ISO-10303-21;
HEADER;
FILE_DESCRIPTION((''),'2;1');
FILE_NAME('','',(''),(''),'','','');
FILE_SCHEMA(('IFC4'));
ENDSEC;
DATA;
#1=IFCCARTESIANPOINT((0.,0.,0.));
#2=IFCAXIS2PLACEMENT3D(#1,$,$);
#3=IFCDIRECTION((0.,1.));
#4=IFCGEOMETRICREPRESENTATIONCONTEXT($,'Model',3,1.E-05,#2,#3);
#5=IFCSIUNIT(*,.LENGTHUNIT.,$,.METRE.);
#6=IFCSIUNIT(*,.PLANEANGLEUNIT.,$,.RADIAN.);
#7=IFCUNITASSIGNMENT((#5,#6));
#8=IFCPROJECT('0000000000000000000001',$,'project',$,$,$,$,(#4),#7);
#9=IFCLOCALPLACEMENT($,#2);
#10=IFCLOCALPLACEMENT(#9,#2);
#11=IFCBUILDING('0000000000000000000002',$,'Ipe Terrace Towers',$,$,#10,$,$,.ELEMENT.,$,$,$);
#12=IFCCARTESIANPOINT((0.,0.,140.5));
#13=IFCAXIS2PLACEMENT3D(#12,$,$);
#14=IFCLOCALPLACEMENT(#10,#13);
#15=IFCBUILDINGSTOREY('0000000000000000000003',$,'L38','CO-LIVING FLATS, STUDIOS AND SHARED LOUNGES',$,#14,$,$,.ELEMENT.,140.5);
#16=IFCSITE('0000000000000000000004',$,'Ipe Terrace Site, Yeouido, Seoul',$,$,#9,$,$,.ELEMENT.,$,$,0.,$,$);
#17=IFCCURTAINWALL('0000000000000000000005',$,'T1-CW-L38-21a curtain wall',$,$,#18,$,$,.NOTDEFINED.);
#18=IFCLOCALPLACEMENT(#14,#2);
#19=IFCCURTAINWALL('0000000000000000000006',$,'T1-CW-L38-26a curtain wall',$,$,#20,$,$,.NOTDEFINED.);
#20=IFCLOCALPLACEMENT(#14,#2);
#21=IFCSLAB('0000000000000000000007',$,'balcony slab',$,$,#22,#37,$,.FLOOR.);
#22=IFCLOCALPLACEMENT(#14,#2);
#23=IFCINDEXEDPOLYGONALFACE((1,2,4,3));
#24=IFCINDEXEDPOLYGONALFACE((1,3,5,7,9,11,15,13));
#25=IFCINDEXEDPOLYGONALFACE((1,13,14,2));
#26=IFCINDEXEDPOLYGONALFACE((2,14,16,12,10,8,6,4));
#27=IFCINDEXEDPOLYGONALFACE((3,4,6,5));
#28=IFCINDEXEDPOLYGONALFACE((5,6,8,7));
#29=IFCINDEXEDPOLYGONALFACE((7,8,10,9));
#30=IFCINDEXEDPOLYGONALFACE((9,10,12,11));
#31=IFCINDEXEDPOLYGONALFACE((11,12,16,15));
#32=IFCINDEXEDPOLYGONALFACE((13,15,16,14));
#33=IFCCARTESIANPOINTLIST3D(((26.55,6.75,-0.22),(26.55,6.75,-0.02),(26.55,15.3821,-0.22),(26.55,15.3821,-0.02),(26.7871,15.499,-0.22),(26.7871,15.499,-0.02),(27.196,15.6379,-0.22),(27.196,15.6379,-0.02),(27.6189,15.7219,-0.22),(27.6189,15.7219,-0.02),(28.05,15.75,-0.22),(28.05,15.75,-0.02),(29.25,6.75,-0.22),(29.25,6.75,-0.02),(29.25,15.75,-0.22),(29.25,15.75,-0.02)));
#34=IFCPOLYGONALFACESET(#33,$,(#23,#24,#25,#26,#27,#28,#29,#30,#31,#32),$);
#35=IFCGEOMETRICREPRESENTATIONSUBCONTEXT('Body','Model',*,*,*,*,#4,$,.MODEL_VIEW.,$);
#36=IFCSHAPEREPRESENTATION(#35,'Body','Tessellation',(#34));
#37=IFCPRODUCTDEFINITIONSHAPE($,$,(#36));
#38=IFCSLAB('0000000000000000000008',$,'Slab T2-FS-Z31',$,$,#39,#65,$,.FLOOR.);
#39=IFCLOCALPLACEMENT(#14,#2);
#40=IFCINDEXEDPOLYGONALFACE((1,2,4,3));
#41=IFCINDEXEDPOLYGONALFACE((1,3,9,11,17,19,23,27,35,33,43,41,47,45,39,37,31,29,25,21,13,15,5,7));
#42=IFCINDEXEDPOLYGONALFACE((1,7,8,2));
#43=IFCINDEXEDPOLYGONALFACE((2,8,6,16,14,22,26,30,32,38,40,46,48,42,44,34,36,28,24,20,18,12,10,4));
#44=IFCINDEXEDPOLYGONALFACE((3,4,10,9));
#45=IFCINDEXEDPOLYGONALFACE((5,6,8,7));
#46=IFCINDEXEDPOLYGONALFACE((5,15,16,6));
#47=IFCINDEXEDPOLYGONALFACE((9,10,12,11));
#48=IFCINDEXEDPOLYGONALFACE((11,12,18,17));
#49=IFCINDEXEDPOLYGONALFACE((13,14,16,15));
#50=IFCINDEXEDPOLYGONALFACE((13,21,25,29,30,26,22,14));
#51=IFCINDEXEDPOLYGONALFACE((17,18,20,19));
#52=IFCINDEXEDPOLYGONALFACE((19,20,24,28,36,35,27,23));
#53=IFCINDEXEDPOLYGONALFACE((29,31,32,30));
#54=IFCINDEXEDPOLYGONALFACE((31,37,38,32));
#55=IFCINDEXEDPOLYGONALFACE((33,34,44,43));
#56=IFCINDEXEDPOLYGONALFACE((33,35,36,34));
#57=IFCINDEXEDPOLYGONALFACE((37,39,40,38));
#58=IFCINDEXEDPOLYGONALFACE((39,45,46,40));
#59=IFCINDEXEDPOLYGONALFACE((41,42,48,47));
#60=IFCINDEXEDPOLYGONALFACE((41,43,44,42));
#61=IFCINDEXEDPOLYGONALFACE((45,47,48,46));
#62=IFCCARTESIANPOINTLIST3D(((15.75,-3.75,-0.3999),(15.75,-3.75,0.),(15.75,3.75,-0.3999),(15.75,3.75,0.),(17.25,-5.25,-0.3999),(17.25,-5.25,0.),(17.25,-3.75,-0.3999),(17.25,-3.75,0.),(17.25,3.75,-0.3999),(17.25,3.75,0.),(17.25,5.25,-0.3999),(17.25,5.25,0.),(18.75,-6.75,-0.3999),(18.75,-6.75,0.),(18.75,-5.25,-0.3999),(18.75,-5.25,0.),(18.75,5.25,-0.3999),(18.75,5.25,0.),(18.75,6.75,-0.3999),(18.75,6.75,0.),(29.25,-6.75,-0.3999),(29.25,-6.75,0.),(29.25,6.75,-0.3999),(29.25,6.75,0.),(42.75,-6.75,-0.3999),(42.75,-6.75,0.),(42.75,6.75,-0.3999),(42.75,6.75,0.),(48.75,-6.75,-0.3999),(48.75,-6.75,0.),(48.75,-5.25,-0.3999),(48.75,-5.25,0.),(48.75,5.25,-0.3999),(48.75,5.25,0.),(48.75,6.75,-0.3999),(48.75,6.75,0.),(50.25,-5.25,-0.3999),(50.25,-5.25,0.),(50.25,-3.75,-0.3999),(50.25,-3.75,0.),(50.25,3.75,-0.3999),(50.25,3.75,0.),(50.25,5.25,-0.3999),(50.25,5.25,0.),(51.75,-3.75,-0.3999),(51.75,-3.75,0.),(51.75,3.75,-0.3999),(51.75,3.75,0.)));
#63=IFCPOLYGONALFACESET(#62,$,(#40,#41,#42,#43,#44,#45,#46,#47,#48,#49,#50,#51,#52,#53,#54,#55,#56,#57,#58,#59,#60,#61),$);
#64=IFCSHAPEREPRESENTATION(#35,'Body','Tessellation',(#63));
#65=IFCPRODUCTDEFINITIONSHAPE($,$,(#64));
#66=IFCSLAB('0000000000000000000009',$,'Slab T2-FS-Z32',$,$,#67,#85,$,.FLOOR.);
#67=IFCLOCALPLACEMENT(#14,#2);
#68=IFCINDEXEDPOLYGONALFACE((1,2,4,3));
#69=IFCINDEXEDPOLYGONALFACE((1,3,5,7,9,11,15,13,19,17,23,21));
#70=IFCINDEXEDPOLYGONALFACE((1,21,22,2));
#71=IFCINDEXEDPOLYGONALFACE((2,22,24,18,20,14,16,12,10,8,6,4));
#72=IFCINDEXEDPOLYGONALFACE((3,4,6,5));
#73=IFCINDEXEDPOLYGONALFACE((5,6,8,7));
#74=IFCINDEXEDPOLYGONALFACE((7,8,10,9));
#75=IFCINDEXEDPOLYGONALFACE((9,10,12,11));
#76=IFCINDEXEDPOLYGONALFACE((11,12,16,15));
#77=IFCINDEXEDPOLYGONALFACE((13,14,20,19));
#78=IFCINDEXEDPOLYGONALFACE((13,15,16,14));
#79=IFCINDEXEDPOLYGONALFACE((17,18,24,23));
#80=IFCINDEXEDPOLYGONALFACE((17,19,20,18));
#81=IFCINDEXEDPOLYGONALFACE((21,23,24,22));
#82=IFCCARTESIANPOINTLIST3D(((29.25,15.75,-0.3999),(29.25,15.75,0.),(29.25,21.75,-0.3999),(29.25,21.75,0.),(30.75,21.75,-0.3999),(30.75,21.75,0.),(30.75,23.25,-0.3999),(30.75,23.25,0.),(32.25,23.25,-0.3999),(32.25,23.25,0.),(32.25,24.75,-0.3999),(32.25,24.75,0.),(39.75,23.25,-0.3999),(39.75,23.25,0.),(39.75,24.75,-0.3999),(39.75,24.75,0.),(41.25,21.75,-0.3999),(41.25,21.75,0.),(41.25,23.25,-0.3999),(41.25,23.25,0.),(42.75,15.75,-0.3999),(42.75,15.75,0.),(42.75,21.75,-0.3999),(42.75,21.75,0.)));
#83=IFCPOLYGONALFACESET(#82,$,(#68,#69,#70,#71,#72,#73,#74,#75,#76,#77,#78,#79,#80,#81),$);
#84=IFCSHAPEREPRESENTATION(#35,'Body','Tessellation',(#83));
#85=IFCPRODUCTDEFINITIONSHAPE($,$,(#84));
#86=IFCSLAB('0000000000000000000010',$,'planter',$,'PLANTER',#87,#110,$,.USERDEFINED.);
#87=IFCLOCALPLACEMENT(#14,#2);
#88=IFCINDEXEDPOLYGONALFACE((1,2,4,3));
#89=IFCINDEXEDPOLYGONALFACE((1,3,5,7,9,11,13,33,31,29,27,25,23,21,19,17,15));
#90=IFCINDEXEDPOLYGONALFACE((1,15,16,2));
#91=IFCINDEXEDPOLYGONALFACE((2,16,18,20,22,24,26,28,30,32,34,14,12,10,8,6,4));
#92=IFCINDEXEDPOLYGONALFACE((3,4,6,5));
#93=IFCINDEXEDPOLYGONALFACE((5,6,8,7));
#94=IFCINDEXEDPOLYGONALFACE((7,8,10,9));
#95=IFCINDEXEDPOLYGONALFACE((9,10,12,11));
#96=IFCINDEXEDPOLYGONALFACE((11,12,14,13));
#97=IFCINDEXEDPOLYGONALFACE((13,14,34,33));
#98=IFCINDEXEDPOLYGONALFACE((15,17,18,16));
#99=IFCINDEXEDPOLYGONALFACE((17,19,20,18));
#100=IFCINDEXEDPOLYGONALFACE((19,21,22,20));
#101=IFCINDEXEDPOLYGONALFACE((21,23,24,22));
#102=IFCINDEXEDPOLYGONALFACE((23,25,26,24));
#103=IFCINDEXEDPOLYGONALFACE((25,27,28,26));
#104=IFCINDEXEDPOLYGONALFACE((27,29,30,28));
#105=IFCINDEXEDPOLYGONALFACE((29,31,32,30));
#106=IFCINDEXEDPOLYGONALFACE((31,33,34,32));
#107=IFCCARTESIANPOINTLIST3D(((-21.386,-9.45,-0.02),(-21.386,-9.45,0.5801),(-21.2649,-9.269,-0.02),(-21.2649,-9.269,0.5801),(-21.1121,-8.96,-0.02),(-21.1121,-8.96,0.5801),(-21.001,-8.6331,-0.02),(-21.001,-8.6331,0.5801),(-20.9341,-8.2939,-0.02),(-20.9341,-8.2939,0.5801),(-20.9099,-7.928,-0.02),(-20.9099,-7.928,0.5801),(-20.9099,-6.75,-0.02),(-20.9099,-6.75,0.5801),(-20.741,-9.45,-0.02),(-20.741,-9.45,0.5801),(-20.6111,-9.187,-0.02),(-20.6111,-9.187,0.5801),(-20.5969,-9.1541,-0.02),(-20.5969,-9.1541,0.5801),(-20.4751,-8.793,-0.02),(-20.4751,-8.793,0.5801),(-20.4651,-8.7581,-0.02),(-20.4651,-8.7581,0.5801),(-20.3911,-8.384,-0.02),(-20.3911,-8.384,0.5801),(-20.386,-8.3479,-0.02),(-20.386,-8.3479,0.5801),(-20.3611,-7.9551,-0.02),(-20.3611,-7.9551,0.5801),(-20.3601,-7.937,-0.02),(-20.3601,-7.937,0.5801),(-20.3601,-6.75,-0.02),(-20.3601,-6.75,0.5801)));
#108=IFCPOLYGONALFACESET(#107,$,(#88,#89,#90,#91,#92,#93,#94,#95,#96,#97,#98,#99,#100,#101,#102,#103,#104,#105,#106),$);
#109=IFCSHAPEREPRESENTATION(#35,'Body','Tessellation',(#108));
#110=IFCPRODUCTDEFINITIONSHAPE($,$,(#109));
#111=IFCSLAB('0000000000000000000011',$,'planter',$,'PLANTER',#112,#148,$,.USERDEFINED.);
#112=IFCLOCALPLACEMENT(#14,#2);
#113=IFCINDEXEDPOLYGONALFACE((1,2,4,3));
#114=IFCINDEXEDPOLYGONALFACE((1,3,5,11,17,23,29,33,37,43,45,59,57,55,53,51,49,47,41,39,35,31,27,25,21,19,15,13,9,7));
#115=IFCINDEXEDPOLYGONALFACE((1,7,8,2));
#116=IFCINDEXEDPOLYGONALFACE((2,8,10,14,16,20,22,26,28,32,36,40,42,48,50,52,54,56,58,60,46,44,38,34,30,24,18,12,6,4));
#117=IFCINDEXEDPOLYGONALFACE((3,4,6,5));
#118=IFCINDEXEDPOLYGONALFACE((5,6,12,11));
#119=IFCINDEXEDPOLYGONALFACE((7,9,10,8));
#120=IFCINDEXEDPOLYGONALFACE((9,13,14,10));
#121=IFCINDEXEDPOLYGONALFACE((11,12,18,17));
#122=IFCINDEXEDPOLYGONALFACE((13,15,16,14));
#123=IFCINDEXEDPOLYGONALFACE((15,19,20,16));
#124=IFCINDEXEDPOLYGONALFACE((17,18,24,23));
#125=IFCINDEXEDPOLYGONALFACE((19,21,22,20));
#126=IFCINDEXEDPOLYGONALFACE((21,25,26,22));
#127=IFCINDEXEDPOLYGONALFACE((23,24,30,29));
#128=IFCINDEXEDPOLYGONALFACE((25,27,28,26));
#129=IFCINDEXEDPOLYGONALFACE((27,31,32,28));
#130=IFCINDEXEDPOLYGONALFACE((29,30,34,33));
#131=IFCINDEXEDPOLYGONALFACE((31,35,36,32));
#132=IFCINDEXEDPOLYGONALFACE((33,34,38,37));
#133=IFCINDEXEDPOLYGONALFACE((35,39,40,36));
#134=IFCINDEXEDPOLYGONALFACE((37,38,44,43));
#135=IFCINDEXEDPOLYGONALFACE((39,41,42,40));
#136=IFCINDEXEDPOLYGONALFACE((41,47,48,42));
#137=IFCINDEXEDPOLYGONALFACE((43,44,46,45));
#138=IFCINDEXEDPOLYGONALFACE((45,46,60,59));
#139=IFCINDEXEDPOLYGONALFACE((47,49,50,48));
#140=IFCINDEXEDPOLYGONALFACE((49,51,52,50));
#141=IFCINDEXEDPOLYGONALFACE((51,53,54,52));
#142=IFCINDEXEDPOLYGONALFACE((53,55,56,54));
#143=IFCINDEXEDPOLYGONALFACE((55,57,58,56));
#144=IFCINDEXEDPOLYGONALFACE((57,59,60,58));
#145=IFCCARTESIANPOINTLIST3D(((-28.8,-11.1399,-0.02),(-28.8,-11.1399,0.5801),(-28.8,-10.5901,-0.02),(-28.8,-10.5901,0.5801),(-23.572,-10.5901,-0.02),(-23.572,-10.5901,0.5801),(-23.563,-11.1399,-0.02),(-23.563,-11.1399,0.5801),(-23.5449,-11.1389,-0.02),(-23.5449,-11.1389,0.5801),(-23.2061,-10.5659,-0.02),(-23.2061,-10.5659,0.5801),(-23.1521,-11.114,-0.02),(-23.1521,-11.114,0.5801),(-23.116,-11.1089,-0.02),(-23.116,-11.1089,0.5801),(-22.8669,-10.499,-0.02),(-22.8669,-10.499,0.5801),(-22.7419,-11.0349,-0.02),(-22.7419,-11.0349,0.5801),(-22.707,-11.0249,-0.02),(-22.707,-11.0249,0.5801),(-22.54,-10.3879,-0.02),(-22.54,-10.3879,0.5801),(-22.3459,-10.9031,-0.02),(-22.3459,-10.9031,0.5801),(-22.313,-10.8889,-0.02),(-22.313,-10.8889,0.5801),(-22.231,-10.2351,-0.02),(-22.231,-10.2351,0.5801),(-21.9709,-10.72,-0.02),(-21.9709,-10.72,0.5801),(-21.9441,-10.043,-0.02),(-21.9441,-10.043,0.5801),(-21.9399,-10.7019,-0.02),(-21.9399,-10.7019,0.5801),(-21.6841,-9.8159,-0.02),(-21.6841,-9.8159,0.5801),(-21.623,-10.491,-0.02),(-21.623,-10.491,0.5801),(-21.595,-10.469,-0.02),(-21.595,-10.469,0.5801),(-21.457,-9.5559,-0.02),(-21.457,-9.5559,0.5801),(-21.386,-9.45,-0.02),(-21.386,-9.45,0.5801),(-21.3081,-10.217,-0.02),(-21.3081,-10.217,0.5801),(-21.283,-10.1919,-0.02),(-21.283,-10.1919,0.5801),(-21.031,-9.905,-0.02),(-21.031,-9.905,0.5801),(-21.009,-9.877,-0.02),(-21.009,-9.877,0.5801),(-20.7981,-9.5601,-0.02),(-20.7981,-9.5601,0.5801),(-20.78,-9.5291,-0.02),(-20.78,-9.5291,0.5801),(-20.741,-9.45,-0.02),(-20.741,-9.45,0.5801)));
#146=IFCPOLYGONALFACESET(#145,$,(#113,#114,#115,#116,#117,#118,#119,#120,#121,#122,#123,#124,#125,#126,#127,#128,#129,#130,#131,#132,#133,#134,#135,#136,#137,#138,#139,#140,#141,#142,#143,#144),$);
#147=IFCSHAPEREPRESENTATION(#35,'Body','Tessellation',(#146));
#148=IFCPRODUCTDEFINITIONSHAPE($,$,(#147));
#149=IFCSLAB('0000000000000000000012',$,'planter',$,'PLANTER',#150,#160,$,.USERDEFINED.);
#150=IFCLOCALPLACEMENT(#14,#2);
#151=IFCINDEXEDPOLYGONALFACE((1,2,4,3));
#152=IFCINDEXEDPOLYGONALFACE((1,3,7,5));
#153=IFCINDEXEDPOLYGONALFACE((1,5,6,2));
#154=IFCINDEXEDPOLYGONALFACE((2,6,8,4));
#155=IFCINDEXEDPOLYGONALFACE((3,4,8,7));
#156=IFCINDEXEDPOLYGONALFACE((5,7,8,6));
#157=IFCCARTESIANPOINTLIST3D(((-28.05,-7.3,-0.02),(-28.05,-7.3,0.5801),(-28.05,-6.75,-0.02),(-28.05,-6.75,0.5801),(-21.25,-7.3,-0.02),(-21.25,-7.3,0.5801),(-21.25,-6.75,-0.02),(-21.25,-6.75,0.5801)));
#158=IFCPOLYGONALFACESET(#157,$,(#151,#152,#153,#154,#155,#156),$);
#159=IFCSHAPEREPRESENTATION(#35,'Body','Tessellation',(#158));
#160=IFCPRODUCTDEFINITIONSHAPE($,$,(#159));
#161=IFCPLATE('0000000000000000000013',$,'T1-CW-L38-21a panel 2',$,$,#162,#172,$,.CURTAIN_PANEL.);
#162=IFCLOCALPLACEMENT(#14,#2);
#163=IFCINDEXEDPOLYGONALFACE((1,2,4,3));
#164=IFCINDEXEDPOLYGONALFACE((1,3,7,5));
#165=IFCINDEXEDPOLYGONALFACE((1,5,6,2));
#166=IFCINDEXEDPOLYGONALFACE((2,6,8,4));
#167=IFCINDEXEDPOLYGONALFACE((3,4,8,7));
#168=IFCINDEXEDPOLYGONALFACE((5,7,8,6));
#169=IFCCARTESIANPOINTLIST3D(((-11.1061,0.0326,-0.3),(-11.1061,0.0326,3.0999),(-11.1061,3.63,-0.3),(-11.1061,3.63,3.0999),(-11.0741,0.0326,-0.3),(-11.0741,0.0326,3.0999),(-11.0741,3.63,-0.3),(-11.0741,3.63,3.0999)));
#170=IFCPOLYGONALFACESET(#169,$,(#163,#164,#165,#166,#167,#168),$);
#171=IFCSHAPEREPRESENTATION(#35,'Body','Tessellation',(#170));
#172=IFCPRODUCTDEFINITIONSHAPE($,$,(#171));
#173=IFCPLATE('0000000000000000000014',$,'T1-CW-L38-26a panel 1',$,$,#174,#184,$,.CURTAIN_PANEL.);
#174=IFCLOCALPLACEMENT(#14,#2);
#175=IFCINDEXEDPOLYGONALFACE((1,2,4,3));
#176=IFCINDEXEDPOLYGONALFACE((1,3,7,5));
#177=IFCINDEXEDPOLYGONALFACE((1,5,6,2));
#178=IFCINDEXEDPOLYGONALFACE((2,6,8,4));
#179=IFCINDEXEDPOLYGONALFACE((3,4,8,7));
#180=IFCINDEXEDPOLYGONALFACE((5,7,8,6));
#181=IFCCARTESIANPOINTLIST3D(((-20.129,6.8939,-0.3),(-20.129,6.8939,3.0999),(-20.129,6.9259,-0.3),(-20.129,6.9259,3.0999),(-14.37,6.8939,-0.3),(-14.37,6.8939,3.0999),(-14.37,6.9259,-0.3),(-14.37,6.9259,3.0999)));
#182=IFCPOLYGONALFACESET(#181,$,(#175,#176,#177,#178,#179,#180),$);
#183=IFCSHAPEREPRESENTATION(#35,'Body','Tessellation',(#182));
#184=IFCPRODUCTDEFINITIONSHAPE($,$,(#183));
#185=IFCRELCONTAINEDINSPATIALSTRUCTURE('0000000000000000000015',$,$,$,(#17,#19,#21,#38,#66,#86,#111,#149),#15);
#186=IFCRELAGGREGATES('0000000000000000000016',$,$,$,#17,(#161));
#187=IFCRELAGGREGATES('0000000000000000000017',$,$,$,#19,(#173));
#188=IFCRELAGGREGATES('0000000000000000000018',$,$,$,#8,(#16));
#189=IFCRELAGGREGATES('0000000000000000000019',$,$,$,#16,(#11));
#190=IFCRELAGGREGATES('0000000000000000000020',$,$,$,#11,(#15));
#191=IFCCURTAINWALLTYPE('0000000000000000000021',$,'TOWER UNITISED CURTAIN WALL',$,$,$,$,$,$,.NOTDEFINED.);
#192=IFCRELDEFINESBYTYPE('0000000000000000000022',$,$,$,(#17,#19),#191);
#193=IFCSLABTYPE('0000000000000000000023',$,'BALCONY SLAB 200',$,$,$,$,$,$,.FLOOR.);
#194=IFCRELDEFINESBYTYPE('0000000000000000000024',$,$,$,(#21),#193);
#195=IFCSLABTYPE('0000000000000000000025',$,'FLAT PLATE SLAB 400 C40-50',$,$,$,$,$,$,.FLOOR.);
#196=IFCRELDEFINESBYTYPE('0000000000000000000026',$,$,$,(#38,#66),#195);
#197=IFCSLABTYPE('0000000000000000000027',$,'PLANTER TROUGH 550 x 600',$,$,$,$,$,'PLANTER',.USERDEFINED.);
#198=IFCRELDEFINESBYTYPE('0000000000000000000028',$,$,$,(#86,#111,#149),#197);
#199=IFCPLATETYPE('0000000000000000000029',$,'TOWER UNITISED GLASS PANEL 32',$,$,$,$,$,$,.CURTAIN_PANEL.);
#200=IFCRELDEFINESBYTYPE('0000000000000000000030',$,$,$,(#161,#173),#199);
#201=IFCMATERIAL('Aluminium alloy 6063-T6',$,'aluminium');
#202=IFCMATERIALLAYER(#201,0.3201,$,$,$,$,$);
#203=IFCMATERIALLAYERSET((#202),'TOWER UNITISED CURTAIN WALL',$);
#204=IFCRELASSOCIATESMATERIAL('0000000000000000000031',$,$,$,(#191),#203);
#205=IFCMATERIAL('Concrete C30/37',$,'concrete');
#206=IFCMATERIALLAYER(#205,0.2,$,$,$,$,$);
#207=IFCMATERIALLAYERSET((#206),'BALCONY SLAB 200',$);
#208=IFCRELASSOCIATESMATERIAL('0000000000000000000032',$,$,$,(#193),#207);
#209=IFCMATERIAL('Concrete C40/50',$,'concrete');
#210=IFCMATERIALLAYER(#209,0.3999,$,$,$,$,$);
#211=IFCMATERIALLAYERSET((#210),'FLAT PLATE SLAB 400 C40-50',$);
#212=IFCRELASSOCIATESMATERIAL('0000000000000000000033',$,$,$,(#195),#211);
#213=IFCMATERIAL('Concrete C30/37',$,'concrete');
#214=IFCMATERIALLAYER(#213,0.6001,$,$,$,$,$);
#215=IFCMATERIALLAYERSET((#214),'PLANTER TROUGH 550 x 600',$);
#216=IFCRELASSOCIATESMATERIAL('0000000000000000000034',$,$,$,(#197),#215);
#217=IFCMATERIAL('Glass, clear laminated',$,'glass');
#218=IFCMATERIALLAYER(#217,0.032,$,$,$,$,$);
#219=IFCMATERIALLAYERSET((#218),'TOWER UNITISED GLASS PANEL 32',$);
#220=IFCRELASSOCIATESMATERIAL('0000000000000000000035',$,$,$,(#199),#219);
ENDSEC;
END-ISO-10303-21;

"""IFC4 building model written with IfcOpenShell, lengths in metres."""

from ifc_helpers import new_model, si_unit, direction, frame, origin, origin_2d, place, context, subcontext, project, spatial, polyline, rectangle, outline, extrude, material, layer, layer_set, type_object, element, aggregate, save


model = new_model("IFC4")

# Units and contexts
model_context = context("Model", 3, precision=1e-05, world=origin(), true_north=direction((0.0, 1.0)))
body_context = subcontext(model_context, "Body", "Model", "MODEL_VIEW")
ifc_project = project(units=[si_unit("LENGTHUNIT", "METRE"), si_unit("PLANEANGLEUNIT", "RADIAN")], contexts=[model_context])

# Site, building, storey
site_placement = place(None, origin())
site = spatial("IfcSite", under=ifc_project, at=site_placement, Name="Ipe Terrace Site, Yeouido, Seoul", CompositionType="ELEMENT", RefElevation=0.0)
building_placement = place(site_placement, origin())
building = spatial("IfcBuilding", under=site, at=building_placement, Name="Ipe Terrace Towers", CompositionType="ELEMENT")
storey_placement = place(building_placement, frame((0.0, 0.0, 140.5)))
storey = spatial("IfcBuildingStorey", under=building, at=storey_placement, Name="L38", Description="CO-LIVING FLATS, STUDIOS AND SHARED LOUNGES", CompositionType="ELEMENT", Elevation=140.5)

# Curtain wall
ifc_material_1 = material(Name="Aluminium alloy 6063-T6", Category="aluminium")
ifc_layer_1 = layer(ifc_material_1, 0.3201)
ifc_layer_set_1 = layer_set([ifc_layer_1], Name="TOWER UNITISED CURTAIN WALL")
curtain_wall_type = type_object("IfcCurtainWallType", Name="TOWER UNITISED CURTAIN WALL", PredefinedType="NOTDEFINED", material=ifc_layer_set_1)
curtain_wall_1_placement = place(storey_placement, origin())
curtain_wall_1 = element("IfcCurtainWall", 1, at=curtain_wall_1_placement, inside=storey, type_object=curtain_wall_type, Name="T1-CW-L38-21a curtain wall", PredefinedType="NOTDEFINED")

# Curtain wall
curtain_wall_2_placement = place(storey_placement, origin())
curtain_wall_2 = element("IfcCurtainWall", 2, at=curtain_wall_2_placement, inside=storey, type_object=curtain_wall_type, Name="T1-CW-L38-26a curtain wall", PredefinedType="NOTDEFINED")

# Slabs
ifc_material_2 = material(Name="Concrete C30/37", Category="concrete")
ifc_layer_2 = layer(ifc_material_2, 0.2)
ifc_layer_set_2 = layer_set([ifc_layer_2], Name="BALCONY SLAB 200")
slab_type_1 = type_object("IfcSlabType", Name="BALCONY SLAB 200", PredefinedType="FLOOR", material=ifc_layer_set_2)
slab_1_placement = place(storey_placement, frame((0.0, 0.0, -0.22)))
element("IfcSlab", 3, at=slab_1_placement, inside=storey, type_object=slab_type_1, Name="balcony slab", PredefinedType="FLOOR", context=body_context, shape_type="SweptSolid", body=[
    extrude(outline(polyline([(26.7871, 15.499), (26.55, 15.3821), (26.55, 6.75), (29.25, 6.75), (29.25, 15.75), (28.05, 15.75), (27.6189, 15.7219), (27.196, 15.6379), (26.7871, 15.499)])), origin(), (0.0, 0.0, 1.0), 0.2),
])
ifc_material_3 = material(Name="Concrete C40/50", Category="concrete")
ifc_layer_3 = layer(ifc_material_3, 0.3999)
ifc_layer_set_3 = layer_set([ifc_layer_3], Name="FLAT PLATE SLAB 400 C40-50")
slab_type_2 = type_object("IfcSlabType", Name="FLAT PLATE SLAB 400 C40-50", PredefinedType="FLOOR", material=ifc_layer_set_3)
slab_2_placement = place(storey_placement, frame((0.0, 0.0, -0.3999)))
element("IfcSlab", 4, at=slab_2_placement, inside=storey, type_object=slab_type_2, Name="Slab T2-FS-Z31", PredefinedType="FLOOR", context=body_context, shape_type="SweptSolid", body=[
    extrude(outline(polyline([(48.75, 5.25), (50.25, 5.25), (50.25, 3.75), (51.75, 3.75), (51.75, -3.75), (50.25, -3.75), (50.25, -5.25), (48.75, -5.25), (48.75, -6.75), (42.75, -6.75), (29.25, -6.75), (18.75, -6.75), (18.75, -5.25), (17.25, -5.25), (17.25, -3.75), (15.75, -3.75), (15.75, 3.75), (17.25, 3.75), (17.25, 5.25), (18.75, 5.25), (18.75, 6.75), (29.25, 6.75), (42.75, 6.75), (48.75, 6.75), (48.75, 5.25)])), origin(), (0.0, 0.0, 1.0), 0.3999),
])
slab_3_placement = place(storey_placement, frame((0.0, 0.0, -0.3999)))
element("IfcSlab", 5, at=slab_3_placement, inside=storey, type_object=slab_type_2, Name="Slab T2-FS-Z32", PredefinedType="FLOOR", context=body_context, shape_type="SweptSolid", body=[
    extrude(outline(polyline([(30.75, 21.75), (30.75, 23.25), (32.25, 23.25), (32.25, 24.75), (39.75, 24.75), (39.75, 23.25), (41.25, 23.25), (41.25, 21.75), (42.75, 21.75), (42.75, 15.75), (29.25, 15.75), (29.25, 21.75), (30.75, 21.75)])), origin(), (0.0, 0.0, 1.0), 0.3999),
])
ifc_material_4 = material(Name="Concrete C30/37", Category="concrete")
ifc_layer_4 = layer(ifc_material_4, 0.6001)
ifc_layer_set_4 = layer_set([ifc_layer_4], Name="PLANTER TROUGH 550 x 600")
slab_type_3 = type_object("IfcSlabType", Name="PLANTER TROUGH 550 x 600", ElementType="PLANTER", PredefinedType="USERDEFINED", material=ifc_layer_set_4)
slab_4_placement = place(storey_placement, frame((0.0, 0.0, -0.02)))
element("IfcSlab", 6, at=slab_4_placement, inside=storey, type_object=slab_type_3, Name="planter", ObjectType="PLANTER", PredefinedType="USERDEFINED", context=body_context, shape_type="SweptSolid", body=[
    extrude(outline(polyline([(-21.001, -8.6331), (-21.1121, -8.96), (-21.2649, -9.269), (-21.386, -9.45), (-20.741, -9.45), (-20.6111, -9.187), (-20.5969, -9.1541), (-20.4751, -8.793), (-20.4651, -8.7581), (-20.3911, -8.384), (-20.386, -8.3479), (-20.3611, -7.9551), (-20.3601, -7.937), (-20.3601, -6.75), (-20.9099, -6.75), (-20.9099, -7.928), (-20.9341, -8.2939), (-21.001, -8.6331)])), origin(), (0.0, 0.0, 1.0), 0.6001),
])
slab_5_placement = place(storey_placement, frame((0.0, 0.0, -0.02)))
element("IfcSlab", 7, at=slab_5_placement, inside=storey, type_object=slab_type_3, Name="planter", ObjectType="PLANTER", PredefinedType="USERDEFINED", context=body_context, shape_type="SweptSolid", body=[
    extrude(outline(polyline([(-21.457, -9.5559), (-21.6841, -9.8159), (-21.9441, -10.043), (-22.231, -10.2351), (-22.54, -10.3879), (-22.8669, -10.499), (-23.2061, -10.5659), (-23.572, -10.5901), (-28.8, -10.5901), (-28.8, -11.1399), (-23.563, -11.1399), (-23.5449, -11.1389), (-23.1521, -11.114), (-23.116, -11.1089), (-22.7419, -11.0349), (-22.707, -11.0249), (-22.3459, -10.9031), (-22.313, -10.8889), (-21.9709, -10.72), (-21.9399, -10.7019), (-21.623, -10.491), (-21.595, -10.469), (-21.3081, -10.217), (-21.283, -10.1919), (-21.031, -9.905), (-21.009, -9.877), (-20.7981, -9.5601), (-20.78, -9.5291), (-20.741, -9.45), (-21.386, -9.45), (-21.457, -9.5559)])), origin(), (0.0, 0.0, 1.0), 0.6001),
])
slab_6_placement = place(storey_placement, frame((0.0, 0.0, -0.02)))
element("IfcSlab", 8, at=slab_6_placement, inside=storey, type_object=slab_type_3, Name="planter", ObjectType="PLANTER", PredefinedType="USERDEFINED", context=body_context, shape_type="SweptSolid", body=[
    extrude(outline(polyline([(-28.05, -6.75), (-28.05, -7.3), (-21.25, -7.3), (-21.25, -6.75), (-28.05, -6.75)])), origin(), (0.0, 0.0, 1.0), 0.6001),
])

# Plates
ifc_material_5 = material(Name="Glass, clear laminated", Category="glass")
ifc_layer_5 = layer(ifc_material_5, 0.032)
ifc_layer_set_5 = layer_set([ifc_layer_5], Name="TOWER UNITISED GLASS PANEL 32")
plate_type = type_object("IfcPlateType", Name="TOWER UNITISED GLASS PANEL 32", PredefinedType="CURTAIN_PANEL", material=ifc_layer_set_5)
plate_1_placement = place(storey_placement, frame((-11.0901, 1.8313, -0.3), z_axis=(0.0, 0.0, 1.0), x_axis=(0.0, 1.0, 0.0)))
plate_1 = element("IfcPlate", 9, at=plate_1_placement, type_object=plate_type, Name="T1-CW-L38-21a panel 2", PredefinedType="CURTAIN_PANEL", context=body_context, shape_type="SweptSolid", body=[
    extrude(rectangle(XDim=3.5974, YDim=0.032, at=origin_2d()), origin(), (0.0, 0.0, 1.0), 3.3999),
])
aggregate(curtain_wall_1, [plate_1])
plate_2_placement = place(storey_placement, frame((-17.2495, 6.9099, -0.3), z_axis=(0.0, 0.0, 1.0), x_axis=(-1.0, 0.0, 0.0)))
plate_2 = element("IfcPlate", 10, at=plate_2_placement, type_object=plate_type, Name="T1-CW-L38-26a panel 1", PredefinedType="CURTAIN_PANEL", context=body_context, shape_type="SweptSolid", body=[
    extrude(rectangle(XDim=5.759, YDim=0.032, at=origin_2d()), origin(), (0.0, 0.0, 1.0), 3.3999),
])
aggregate(curtain_wall_2, [plate_2])

save(model, "model.ifc")
